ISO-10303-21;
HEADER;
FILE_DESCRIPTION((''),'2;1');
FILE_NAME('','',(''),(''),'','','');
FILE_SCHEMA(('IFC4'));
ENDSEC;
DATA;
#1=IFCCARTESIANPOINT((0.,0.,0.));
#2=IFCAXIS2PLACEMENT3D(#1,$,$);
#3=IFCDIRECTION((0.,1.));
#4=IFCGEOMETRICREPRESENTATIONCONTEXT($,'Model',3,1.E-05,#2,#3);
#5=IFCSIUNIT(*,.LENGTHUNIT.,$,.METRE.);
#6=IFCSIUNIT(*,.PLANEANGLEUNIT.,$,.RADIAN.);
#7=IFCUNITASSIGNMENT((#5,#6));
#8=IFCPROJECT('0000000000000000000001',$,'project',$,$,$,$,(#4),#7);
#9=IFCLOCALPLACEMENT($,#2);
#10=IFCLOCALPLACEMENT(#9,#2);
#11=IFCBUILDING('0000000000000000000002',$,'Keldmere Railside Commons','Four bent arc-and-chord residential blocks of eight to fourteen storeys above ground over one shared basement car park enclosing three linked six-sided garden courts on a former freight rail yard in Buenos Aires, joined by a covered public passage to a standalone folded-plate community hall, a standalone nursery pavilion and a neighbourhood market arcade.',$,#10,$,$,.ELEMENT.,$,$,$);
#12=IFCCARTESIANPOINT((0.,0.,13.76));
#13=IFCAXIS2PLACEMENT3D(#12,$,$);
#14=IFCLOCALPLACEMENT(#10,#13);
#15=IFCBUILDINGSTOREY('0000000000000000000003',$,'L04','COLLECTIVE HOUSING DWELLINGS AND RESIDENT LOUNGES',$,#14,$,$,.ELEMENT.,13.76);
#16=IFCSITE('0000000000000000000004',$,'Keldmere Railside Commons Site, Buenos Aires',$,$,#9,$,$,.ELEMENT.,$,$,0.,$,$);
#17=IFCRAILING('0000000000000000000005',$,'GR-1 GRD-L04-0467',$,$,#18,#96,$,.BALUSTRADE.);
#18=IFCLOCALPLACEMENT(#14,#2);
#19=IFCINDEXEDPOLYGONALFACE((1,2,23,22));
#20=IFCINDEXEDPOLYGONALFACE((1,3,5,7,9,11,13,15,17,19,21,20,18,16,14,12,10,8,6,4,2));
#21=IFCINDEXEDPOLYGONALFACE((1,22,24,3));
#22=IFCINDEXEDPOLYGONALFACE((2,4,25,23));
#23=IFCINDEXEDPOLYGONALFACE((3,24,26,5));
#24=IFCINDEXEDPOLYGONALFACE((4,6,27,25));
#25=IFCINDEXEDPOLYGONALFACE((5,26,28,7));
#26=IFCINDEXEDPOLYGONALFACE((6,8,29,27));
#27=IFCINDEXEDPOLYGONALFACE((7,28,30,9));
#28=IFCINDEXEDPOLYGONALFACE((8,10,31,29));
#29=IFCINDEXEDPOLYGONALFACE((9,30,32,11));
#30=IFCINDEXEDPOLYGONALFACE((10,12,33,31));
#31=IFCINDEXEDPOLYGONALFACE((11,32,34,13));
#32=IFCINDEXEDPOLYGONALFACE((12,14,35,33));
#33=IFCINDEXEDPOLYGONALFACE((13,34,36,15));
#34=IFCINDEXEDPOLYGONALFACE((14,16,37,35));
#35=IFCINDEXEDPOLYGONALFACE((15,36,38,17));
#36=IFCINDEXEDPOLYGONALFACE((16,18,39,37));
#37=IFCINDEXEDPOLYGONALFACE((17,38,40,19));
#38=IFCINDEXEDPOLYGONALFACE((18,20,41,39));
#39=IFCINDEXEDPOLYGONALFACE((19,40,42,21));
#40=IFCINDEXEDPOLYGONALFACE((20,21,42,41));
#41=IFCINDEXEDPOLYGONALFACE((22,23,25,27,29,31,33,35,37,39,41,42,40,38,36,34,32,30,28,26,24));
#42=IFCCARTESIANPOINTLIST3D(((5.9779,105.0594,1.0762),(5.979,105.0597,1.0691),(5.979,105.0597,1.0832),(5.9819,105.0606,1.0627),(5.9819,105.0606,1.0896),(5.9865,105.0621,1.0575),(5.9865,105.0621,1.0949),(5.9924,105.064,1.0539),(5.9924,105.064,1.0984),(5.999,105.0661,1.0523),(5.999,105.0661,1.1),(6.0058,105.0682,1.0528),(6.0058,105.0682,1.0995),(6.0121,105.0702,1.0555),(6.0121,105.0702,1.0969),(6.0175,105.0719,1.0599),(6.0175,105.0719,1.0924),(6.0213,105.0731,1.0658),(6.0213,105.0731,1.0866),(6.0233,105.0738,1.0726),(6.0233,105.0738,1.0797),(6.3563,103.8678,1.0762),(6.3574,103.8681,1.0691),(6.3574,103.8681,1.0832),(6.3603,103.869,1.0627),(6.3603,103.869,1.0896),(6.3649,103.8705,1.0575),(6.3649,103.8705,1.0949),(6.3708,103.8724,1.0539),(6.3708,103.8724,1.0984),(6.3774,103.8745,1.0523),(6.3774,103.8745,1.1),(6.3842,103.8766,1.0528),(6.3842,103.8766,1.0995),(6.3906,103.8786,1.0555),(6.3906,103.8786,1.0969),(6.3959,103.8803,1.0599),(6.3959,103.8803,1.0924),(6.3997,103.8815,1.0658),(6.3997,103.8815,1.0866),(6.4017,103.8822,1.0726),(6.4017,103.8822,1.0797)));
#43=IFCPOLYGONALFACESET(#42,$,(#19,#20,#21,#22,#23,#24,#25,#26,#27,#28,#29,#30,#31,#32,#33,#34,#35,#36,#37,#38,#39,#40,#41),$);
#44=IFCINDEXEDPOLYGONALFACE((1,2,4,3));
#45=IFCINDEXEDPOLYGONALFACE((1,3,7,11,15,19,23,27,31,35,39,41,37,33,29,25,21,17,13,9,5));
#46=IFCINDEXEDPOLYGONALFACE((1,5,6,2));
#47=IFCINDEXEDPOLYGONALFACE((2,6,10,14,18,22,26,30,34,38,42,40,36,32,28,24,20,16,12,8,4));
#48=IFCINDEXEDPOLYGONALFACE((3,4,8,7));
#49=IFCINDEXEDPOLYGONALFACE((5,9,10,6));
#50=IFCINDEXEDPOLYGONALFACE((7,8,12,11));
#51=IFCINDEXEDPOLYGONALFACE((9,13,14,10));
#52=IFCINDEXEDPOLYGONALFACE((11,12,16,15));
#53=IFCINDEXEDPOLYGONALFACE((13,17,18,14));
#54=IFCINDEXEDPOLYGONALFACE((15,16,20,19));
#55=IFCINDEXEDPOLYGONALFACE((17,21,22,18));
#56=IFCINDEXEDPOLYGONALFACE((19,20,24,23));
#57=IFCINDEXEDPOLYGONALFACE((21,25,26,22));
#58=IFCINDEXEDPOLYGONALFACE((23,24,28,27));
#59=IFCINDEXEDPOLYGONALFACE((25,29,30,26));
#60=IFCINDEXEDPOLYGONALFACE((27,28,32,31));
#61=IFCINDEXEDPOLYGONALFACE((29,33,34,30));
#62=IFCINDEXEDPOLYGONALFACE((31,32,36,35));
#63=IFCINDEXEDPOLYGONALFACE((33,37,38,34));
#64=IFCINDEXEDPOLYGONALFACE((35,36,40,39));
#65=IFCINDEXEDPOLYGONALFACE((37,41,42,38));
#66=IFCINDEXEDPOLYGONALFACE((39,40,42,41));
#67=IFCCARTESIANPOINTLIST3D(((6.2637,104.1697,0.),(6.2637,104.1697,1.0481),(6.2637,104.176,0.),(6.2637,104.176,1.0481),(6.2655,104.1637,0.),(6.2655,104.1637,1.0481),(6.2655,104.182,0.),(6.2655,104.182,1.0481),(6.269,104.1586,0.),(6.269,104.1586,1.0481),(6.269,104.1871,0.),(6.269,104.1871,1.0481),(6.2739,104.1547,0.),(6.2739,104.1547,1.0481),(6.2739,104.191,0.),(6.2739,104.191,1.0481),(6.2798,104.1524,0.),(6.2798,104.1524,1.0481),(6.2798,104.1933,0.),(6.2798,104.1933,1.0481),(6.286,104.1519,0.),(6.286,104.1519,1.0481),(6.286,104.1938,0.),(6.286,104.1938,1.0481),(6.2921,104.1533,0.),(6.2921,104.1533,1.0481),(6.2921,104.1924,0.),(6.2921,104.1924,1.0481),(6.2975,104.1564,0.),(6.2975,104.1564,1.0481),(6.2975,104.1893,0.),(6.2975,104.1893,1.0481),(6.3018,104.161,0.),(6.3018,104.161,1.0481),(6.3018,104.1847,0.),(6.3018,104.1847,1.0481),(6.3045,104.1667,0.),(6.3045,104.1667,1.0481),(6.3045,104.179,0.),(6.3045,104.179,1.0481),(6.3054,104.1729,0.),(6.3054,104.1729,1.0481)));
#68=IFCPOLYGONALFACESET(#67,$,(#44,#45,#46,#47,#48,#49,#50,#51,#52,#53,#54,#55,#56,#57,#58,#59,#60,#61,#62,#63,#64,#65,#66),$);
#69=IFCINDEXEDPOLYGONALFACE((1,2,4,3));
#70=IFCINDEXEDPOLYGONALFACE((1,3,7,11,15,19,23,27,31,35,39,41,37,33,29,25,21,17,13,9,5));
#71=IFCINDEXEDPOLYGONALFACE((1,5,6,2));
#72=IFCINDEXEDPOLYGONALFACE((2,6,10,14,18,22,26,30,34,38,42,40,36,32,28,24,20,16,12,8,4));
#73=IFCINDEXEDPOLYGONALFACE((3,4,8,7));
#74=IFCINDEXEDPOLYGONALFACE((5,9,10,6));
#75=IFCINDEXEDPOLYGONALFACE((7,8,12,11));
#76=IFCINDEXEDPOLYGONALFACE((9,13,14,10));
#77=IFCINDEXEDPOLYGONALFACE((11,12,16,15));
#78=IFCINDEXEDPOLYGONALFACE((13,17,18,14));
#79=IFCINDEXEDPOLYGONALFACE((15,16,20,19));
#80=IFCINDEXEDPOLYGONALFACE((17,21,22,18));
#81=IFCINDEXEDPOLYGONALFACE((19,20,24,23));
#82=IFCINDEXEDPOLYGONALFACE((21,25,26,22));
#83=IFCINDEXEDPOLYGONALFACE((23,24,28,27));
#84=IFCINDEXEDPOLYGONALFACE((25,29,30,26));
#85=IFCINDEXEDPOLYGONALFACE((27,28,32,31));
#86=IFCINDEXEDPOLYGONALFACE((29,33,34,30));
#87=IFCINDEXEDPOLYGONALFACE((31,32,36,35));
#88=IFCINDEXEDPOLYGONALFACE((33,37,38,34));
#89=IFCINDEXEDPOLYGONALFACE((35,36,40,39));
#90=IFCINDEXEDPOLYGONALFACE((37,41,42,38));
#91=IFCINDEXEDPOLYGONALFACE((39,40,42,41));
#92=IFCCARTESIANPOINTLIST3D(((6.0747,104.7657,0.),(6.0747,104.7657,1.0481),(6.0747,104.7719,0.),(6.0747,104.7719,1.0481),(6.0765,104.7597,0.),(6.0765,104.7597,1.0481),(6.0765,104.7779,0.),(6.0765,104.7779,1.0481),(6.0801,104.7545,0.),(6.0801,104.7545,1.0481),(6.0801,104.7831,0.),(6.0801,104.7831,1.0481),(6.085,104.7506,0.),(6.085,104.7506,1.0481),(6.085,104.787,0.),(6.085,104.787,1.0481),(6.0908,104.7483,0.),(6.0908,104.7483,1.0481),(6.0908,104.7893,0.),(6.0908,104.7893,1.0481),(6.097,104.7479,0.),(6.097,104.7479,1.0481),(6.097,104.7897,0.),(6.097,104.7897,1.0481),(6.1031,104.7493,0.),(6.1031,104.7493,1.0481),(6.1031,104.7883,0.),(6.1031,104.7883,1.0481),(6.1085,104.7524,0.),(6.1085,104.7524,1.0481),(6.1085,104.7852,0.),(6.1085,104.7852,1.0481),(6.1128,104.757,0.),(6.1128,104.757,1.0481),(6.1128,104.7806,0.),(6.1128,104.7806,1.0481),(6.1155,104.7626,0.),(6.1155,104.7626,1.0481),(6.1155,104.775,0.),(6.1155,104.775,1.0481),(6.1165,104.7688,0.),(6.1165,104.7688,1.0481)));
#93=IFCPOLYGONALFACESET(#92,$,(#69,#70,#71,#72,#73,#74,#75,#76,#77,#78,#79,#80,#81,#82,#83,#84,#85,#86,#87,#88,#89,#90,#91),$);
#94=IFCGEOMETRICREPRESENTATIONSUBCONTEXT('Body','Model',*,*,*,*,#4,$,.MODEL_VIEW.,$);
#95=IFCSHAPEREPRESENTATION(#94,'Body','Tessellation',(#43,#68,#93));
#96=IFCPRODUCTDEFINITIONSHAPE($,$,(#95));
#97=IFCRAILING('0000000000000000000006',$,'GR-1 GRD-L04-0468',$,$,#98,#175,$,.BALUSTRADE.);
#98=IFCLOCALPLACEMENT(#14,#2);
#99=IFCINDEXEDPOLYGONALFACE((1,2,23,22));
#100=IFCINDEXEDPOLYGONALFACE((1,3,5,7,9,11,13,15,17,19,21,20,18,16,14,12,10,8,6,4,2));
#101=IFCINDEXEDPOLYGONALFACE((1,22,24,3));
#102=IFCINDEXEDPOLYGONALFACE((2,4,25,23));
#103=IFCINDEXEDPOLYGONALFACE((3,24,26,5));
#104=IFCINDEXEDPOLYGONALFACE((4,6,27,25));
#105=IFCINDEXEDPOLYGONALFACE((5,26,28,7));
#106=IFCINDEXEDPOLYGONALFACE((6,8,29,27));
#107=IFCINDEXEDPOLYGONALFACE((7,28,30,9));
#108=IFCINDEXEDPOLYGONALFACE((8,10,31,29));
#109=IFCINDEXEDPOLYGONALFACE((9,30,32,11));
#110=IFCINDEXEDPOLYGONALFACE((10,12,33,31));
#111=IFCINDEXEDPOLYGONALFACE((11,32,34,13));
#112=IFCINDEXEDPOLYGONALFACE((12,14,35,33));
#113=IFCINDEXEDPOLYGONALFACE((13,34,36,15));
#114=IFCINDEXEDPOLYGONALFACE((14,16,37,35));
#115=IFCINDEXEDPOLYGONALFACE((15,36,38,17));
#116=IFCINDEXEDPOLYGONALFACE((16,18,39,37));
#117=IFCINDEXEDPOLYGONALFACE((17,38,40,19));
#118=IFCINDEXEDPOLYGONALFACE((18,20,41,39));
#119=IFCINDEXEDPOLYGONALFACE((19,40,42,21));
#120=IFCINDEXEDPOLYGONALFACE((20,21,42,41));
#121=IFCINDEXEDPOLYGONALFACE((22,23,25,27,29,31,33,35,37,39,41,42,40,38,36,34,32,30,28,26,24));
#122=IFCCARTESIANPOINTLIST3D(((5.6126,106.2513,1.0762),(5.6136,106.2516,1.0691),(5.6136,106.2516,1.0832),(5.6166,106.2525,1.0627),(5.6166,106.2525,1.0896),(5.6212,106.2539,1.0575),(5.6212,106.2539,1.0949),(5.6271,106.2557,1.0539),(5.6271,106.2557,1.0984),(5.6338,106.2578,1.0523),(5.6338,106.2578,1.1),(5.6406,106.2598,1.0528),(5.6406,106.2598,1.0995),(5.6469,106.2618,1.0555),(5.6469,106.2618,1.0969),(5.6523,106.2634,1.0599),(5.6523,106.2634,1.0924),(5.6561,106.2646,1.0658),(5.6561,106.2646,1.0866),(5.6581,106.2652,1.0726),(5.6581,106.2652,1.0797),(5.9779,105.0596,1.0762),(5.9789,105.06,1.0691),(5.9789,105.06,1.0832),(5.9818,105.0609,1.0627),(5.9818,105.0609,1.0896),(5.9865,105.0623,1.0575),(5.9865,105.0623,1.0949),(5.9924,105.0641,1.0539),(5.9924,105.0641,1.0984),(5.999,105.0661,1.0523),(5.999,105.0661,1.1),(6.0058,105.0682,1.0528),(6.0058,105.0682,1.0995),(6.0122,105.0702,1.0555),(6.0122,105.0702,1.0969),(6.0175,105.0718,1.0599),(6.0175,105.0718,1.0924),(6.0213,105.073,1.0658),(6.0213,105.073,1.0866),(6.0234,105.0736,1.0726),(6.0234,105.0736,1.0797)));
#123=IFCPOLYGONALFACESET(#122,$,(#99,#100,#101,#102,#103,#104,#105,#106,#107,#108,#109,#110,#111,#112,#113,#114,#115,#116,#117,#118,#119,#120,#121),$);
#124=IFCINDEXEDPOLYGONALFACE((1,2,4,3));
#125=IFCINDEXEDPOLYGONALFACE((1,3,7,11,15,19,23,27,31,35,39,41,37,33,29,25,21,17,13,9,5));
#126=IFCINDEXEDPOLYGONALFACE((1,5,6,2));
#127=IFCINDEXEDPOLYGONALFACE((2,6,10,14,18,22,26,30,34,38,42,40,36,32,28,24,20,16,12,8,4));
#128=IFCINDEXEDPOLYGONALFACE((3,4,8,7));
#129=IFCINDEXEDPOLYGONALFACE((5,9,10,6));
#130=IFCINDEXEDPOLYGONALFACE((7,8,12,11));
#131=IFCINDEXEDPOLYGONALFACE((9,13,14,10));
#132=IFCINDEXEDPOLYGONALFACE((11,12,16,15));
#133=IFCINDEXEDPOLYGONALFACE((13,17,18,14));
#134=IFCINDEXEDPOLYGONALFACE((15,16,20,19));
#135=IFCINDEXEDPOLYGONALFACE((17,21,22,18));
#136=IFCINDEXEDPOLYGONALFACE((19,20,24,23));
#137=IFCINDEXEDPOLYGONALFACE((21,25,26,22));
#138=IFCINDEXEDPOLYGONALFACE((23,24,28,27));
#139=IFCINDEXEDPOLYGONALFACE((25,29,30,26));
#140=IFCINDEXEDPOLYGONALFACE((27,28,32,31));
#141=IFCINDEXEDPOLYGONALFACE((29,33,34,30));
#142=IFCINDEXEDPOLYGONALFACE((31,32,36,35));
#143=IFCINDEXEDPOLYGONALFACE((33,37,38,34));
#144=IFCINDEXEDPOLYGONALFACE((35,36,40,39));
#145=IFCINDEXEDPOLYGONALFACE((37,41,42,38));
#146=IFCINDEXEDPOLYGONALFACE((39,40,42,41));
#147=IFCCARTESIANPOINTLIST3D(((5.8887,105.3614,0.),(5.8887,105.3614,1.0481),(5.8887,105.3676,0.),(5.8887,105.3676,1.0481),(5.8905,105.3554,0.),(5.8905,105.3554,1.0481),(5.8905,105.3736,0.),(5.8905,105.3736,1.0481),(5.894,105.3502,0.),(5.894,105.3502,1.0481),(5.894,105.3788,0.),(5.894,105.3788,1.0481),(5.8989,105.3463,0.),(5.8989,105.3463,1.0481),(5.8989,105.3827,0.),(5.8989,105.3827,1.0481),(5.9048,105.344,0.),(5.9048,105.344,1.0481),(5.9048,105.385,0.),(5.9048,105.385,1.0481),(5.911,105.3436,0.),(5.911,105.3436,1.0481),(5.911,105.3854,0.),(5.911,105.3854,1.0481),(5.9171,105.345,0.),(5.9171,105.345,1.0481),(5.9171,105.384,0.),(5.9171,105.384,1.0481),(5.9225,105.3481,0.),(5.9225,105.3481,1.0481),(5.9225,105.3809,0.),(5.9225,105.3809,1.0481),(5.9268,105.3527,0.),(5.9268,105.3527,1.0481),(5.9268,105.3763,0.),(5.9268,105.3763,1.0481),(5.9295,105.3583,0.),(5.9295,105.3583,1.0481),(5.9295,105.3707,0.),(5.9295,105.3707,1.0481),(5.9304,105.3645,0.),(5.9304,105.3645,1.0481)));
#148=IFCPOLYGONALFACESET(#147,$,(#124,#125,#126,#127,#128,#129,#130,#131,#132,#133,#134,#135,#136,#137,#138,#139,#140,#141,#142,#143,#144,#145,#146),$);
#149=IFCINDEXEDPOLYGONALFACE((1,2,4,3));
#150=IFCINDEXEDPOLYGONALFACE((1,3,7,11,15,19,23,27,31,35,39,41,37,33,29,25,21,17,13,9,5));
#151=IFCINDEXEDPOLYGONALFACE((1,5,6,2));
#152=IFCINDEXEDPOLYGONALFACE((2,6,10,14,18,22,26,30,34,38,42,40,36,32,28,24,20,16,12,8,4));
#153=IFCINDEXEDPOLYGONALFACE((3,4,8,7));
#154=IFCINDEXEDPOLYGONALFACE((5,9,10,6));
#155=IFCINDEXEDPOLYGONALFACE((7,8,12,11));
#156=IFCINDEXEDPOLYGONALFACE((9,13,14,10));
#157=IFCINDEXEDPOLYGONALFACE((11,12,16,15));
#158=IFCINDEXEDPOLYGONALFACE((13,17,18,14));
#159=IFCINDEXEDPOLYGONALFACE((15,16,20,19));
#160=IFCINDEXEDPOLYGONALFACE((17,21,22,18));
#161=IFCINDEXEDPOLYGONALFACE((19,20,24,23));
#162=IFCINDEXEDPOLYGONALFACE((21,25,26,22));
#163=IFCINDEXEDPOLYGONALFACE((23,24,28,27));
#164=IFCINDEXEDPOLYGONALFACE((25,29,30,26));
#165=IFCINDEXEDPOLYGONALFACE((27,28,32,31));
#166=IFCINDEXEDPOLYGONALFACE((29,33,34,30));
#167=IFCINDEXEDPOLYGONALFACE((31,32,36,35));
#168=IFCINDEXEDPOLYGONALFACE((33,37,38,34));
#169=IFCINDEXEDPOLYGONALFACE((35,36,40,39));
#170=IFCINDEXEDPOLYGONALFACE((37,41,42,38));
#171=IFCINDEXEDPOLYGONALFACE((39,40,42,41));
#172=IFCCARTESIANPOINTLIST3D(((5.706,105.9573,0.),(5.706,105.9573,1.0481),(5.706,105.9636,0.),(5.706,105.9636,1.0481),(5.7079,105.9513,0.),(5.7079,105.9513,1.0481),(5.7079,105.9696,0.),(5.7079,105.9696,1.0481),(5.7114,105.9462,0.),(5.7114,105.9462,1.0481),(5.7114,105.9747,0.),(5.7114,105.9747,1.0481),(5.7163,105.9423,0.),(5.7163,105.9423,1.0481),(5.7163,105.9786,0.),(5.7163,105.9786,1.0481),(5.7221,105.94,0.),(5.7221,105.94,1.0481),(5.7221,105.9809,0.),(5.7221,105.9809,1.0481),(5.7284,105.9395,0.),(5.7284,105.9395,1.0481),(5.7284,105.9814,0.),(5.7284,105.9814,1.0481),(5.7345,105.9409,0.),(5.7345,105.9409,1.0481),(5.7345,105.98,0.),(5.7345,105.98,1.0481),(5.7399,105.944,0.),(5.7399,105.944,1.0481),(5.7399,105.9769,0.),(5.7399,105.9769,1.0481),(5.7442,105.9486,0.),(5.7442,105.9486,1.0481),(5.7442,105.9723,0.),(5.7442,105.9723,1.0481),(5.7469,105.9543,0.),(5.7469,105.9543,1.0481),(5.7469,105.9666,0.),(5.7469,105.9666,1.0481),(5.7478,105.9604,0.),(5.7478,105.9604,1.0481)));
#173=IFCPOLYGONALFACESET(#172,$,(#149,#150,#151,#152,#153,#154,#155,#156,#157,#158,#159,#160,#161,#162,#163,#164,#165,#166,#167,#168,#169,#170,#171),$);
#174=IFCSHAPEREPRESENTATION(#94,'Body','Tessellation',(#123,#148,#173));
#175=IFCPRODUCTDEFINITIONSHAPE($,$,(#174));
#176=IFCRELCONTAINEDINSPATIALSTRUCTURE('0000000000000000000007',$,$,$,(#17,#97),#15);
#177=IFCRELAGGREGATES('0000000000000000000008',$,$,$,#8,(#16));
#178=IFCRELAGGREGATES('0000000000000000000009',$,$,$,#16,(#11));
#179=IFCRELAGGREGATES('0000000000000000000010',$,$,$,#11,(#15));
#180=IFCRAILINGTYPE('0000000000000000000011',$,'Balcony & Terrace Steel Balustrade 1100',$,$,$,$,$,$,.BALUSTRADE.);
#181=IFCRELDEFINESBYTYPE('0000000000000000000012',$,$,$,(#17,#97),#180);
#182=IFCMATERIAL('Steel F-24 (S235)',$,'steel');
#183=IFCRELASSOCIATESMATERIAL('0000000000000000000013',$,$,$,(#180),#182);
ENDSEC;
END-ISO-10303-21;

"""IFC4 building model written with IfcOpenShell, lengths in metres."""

from ifc_helpers import new_model, si_unit, direction, frame, origin, origin_2d, place, context, subcontext, project, spatial, circle, extrude, material, type_object, element, save


model = new_model("IFC4")

# Units and contexts
model_context = context("Model", 3, precision=1e-05, world=origin(), true_north=direction((0.0, 1.0)))
body_context = subcontext(model_context, "Body", "Model", "MODEL_VIEW")
ifc_project = project(units=[si_unit("LENGTHUNIT", "METRE"), si_unit("PLANEANGLEUNIT", "RADIAN")], contexts=[model_context])

# Site, building, storey
site_placement = place(None, origin())
site = spatial("IfcSite", under=ifc_project, at=site_placement, Name="Keldmere Railside Commons Site, Buenos Aires", CompositionType="ELEMENT", RefElevation=0.0)
building_placement = place(site_placement, origin())
building = spatial("IfcBuilding", under=site, at=building_placement, Name="Keldmere Railside Commons", Description="Four bent arc-and-chord residential blocks of eight to fourteen storeys above ground over one shared basement car park enclosing three linked six-sided garden courts on a former freight rail yard in Buenos Aires, joined by a covered public passage to a standalone folded-plate community hall, a standalone nursery pavilion and a neighbourhood market arcade.", CompositionType="ELEMENT")
storey_placement = place(building_placement, frame((0.0, 0.0, 13.76)))
storey = spatial("IfcBuildingStorey", under=building, at=storey_placement, Name="L04", Description="COLLECTIVE HOUSING DWELLINGS AND RESIDENT LOUNGES", CompositionType="ELEMENT", Elevation=13.76)

# Railings
ifc_material_1 = material(Name="Steel F-24 (S235)", Category="steel")
railing_type = type_object("IfcRailingType", Name="Balcony & Terrace Steel Balustrade 1100", PredefinedType="BALUSTRADE", material=ifc_material_1)
railing_1_placement = place(storey_placement, frame((6.3792, 103.875, 0.0)))
element("IfcRailing", 1, at=railing_1_placement, inside=storey, type_object=railing_type, Name="GR-1 GRD-L04-0467", PredefinedType="BALUSTRADE", context=body_context, shape_type="SweptSolid", body=[
    extrude(circle(Radius=0.0239, at=origin_2d()), frame((0.0, 0.0, 1.0762), z_axis=(-0.302664, 0.953097, 0.0), x_axis=(-0.953097, -0.302664, 0.0)), (0.0, 0.0, 1.0), 1.2502),
    extrude(circle(Radius=0.021, at=origin_2d()), frame((-0.0947, 0.2979, 0.0)), (0.0, 0.0, 1.0), 1.0481),
    extrude(circle(Radius=0.021, at=origin_2d()), frame((-0.2837, 0.8938, 0.0)), (0.0, 0.0, 1.0), 1.0481),
])
railing_2_placement = place(storey_placement, frame((6.0007, 105.0667, 0.0)))
element("IfcRailing", 2, at=railing_2_placement, inside=storey, type_object=railing_type, Name="GR-1 GRD-L04-0468", PredefinedType="BALUSTRADE", context=body_context, shape_type="SweptSolid", body=[
    extrude(circle(Radius=0.0239, at=origin_2d()), frame((0.0, 0.0, 1.0762), z_axis=(-0.29304, 0.9561, 0.0), x_axis=(-0.9561, -0.29304, 0.0)), (0.0, 0.0, 1.0), 1.2463),
    extrude(circle(Radius=0.021, at=origin_2d()), frame((-0.0913, 0.2979, 0.0)), (0.0, 0.0, 1.0), 1.0481),
    extrude(circle(Radius=0.021, at=origin_2d()), frame((-0.2739, 0.8938, 0.0)), (0.0, 0.0, 1.0), 1.0481),
])

save(model, "model.ifc")
